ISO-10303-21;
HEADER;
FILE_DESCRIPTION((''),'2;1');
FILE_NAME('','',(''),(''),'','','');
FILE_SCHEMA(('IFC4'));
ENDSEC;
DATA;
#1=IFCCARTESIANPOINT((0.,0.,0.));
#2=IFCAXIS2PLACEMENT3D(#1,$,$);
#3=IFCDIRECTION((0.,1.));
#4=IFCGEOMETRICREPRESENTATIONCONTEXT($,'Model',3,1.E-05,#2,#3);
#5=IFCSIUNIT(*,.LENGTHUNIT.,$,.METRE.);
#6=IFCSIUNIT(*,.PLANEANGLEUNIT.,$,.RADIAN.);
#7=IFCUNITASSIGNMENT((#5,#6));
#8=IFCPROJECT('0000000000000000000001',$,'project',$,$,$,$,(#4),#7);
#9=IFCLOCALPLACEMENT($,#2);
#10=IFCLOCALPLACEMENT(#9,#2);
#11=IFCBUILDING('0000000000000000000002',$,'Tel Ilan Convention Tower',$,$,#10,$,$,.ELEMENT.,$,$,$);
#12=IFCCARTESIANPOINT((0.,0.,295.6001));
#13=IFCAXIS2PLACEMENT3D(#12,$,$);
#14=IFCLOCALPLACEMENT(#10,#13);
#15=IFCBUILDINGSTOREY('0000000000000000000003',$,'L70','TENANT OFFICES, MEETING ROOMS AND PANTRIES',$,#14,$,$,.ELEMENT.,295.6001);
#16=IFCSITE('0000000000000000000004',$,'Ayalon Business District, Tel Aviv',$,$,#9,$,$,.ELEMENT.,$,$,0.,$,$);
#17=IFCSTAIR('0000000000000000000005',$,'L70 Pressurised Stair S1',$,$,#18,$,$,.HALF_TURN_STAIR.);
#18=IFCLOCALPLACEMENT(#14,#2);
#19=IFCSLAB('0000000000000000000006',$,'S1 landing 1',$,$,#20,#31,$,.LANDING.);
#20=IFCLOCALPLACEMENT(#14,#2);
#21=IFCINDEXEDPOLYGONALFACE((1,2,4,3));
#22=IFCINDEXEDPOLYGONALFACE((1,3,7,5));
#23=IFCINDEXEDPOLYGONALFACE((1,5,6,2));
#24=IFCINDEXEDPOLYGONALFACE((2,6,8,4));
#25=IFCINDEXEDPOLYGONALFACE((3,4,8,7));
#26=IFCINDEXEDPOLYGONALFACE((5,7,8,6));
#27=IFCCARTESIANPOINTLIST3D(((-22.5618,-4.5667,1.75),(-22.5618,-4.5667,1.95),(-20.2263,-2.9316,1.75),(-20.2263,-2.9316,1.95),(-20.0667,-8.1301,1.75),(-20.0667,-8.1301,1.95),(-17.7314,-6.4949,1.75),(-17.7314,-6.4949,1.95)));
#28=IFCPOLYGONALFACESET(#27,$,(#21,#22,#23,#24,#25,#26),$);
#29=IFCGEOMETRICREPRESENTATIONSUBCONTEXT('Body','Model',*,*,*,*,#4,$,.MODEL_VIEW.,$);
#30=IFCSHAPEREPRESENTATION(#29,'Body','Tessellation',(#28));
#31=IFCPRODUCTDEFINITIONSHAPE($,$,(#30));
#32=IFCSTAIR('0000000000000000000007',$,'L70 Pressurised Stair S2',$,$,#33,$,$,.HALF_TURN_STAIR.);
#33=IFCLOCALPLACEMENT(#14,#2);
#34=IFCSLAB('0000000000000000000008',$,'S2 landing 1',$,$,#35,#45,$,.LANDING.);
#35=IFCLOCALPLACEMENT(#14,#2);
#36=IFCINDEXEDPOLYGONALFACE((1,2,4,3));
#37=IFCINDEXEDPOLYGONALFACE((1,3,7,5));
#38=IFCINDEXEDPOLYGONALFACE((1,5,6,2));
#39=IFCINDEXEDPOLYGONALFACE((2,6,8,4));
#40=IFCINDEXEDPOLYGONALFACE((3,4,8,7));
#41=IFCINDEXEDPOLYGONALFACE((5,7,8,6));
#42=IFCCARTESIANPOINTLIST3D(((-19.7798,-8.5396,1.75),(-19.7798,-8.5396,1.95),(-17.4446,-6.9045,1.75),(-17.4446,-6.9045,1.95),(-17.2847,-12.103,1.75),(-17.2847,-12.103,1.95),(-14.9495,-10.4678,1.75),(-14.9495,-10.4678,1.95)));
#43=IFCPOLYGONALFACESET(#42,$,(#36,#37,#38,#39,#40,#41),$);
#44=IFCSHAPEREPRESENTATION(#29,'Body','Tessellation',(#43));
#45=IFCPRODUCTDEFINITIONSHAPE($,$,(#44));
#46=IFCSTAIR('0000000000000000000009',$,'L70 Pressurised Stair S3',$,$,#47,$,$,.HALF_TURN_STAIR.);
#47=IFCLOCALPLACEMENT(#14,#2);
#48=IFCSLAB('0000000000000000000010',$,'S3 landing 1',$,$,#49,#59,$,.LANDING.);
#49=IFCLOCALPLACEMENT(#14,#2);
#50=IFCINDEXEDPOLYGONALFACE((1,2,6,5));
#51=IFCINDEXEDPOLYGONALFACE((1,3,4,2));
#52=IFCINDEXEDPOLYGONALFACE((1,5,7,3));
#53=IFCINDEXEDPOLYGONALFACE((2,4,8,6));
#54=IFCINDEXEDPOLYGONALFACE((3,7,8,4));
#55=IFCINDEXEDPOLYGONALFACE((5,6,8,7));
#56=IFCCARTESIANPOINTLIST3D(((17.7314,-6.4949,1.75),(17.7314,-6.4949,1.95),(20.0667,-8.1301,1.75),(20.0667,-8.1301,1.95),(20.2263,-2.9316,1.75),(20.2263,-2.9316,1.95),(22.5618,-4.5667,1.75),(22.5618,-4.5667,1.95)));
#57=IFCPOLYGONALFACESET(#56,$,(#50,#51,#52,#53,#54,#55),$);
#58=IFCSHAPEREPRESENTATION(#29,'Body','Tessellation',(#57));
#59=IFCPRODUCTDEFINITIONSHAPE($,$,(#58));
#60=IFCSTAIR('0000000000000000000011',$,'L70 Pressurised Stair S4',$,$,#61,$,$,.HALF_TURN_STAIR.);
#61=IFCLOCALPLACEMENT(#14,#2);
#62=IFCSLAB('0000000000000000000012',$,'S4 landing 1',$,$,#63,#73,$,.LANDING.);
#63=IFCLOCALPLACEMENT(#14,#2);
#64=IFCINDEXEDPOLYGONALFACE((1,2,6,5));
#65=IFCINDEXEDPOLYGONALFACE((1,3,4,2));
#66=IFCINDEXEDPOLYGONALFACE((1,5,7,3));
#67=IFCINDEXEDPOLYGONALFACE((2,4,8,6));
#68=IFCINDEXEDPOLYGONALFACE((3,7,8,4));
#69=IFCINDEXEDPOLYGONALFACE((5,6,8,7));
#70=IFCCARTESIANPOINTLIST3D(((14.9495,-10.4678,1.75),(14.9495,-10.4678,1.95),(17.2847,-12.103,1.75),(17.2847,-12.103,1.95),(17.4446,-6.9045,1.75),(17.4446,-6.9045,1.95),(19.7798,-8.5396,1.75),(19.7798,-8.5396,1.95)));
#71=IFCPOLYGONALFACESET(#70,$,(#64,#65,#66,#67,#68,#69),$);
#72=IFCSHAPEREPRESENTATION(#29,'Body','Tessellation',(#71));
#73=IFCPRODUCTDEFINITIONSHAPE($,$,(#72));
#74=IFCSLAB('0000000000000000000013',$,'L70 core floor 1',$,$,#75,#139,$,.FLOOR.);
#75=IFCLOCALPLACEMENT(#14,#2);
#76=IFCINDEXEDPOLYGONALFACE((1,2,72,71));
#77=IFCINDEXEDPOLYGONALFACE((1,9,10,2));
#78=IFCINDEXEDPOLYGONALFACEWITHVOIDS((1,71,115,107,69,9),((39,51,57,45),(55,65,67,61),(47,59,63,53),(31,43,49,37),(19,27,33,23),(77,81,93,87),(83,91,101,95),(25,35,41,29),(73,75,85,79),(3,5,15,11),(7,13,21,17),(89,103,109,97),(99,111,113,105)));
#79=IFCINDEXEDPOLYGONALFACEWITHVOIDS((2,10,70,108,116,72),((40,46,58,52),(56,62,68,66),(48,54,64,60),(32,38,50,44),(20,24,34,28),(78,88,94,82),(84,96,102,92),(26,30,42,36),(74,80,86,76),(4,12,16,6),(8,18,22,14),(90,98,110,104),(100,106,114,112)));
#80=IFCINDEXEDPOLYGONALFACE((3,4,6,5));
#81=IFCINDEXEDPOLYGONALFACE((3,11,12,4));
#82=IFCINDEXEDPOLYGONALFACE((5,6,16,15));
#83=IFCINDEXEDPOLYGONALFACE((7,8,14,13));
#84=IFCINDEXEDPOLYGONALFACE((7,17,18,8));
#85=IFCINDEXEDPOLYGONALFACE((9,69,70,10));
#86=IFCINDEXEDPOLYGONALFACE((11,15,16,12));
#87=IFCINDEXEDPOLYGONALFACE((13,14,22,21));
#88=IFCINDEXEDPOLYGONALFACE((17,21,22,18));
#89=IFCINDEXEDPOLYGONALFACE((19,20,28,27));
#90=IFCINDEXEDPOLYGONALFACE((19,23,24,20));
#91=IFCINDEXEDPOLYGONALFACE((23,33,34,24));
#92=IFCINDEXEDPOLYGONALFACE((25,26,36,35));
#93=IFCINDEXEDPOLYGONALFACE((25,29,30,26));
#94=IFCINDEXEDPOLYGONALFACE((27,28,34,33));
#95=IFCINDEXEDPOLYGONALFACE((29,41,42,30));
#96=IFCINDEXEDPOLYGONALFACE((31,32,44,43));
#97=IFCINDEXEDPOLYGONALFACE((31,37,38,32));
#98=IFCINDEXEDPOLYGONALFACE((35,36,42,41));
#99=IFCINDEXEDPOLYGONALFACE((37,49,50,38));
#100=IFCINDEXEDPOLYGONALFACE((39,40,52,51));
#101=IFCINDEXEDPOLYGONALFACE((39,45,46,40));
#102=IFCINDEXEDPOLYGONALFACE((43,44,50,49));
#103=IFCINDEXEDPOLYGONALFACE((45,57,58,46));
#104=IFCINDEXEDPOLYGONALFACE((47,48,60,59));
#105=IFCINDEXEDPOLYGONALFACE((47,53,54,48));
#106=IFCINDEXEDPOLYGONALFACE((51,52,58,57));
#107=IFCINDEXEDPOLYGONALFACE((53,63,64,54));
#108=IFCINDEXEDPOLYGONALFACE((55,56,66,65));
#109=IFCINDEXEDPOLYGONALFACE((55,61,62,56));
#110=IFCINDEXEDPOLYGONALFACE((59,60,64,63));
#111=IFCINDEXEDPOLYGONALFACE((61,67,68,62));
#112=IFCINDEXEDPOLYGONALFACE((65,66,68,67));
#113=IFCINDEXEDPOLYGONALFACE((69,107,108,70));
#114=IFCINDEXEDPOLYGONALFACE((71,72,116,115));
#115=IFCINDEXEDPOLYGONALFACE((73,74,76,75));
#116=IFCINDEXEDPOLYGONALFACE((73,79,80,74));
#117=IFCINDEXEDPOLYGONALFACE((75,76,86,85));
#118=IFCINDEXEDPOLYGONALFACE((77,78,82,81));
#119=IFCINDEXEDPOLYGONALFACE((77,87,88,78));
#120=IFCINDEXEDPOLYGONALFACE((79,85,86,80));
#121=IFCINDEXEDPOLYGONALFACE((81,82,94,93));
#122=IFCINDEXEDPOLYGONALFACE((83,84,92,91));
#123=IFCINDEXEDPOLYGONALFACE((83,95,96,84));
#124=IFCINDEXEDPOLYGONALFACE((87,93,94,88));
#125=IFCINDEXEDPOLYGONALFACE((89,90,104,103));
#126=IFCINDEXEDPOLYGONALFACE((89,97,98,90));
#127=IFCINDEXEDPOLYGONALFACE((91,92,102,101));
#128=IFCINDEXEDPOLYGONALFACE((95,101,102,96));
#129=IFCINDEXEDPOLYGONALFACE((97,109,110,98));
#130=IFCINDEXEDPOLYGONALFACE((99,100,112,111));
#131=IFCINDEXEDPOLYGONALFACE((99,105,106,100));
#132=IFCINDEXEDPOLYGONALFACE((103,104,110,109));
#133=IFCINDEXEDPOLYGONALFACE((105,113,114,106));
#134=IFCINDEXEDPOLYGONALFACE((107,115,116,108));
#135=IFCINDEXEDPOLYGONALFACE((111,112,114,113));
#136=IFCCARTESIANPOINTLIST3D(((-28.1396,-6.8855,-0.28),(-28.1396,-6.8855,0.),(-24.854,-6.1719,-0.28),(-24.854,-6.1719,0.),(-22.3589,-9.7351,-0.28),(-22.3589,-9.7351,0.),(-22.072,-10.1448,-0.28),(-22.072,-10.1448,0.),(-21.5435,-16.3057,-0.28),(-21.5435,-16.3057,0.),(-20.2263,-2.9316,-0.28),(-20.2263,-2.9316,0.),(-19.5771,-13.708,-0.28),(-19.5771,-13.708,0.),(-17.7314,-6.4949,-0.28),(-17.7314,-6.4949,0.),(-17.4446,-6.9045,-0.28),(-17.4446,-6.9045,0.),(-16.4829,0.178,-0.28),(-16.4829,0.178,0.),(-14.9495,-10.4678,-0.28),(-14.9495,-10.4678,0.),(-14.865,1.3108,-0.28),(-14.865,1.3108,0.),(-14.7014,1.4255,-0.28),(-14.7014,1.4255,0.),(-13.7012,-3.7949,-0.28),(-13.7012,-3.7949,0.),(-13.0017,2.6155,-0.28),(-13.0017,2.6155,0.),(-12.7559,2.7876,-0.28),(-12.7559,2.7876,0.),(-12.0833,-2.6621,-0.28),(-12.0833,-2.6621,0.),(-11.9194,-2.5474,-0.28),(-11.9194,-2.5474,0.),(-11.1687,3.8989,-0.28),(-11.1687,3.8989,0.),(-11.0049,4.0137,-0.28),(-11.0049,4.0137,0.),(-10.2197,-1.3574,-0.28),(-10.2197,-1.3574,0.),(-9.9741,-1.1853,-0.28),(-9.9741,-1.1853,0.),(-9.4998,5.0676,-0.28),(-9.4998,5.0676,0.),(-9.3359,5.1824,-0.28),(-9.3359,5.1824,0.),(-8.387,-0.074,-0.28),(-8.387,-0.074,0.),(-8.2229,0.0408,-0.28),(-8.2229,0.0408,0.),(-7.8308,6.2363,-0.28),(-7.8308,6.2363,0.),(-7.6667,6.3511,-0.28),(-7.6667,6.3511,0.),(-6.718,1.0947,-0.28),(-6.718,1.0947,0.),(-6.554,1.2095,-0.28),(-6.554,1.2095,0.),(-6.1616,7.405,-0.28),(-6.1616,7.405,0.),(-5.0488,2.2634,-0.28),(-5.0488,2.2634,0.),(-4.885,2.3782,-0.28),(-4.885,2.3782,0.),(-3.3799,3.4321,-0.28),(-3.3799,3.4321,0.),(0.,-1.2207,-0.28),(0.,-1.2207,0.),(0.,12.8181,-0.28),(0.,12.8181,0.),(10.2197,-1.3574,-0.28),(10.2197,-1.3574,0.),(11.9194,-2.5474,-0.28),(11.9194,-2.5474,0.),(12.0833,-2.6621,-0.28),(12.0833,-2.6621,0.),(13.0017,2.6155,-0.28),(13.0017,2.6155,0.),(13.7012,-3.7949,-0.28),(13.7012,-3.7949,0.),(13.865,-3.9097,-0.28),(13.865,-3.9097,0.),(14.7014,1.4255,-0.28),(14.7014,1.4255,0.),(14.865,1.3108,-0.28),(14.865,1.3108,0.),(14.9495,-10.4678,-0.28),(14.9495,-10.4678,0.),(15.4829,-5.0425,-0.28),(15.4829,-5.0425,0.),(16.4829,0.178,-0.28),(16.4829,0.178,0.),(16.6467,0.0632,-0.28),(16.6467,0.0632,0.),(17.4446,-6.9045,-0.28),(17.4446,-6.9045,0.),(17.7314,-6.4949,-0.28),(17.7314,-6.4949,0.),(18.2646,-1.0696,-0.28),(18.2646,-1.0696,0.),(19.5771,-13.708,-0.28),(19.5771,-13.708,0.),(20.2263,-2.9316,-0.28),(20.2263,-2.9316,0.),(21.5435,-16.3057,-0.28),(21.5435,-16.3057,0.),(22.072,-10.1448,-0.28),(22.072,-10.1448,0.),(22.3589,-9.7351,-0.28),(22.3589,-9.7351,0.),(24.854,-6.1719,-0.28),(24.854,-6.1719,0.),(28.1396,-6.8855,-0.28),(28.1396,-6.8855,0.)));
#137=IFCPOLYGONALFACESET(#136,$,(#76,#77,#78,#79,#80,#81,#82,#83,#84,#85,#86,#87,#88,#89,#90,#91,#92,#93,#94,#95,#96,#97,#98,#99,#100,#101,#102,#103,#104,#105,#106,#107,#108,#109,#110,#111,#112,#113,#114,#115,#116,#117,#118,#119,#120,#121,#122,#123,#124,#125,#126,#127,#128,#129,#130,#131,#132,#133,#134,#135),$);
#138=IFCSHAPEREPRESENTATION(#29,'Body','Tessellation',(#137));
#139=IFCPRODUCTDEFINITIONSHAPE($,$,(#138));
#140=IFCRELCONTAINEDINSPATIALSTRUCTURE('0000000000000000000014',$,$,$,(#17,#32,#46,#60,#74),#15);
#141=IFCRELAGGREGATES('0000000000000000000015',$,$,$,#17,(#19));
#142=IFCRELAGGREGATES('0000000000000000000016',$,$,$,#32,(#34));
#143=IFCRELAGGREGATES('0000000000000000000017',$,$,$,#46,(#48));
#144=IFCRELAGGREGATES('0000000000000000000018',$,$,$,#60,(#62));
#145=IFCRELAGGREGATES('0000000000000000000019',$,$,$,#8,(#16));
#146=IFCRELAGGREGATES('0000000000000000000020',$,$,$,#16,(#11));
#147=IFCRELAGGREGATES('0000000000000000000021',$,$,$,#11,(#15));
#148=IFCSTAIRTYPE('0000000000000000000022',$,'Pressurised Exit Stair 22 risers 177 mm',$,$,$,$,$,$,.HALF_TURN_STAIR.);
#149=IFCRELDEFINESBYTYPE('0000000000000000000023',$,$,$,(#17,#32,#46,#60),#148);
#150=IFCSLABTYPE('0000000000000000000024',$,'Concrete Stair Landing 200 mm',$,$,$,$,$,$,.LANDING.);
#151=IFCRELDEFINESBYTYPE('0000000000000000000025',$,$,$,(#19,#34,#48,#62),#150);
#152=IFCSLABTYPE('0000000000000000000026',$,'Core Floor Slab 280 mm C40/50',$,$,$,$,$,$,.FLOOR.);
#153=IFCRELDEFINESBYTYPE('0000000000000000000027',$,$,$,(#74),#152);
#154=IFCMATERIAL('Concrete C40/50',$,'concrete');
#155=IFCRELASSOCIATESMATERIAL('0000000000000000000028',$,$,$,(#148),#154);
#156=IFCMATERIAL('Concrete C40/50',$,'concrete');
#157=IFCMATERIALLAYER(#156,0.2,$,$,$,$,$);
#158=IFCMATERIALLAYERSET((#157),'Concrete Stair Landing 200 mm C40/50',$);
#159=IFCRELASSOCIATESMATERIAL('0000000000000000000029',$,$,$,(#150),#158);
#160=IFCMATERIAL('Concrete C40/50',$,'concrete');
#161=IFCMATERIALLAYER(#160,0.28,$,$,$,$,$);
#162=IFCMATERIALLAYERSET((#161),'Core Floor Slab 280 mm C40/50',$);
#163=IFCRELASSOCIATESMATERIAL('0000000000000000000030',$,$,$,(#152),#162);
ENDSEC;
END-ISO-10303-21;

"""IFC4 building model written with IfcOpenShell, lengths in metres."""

from ifc_helpers import new_model, si_unit, direction, frame, origin, place, context, subcontext, project, spatial, polyline, outline, extrude, material, layer, layer_set, type_object, element, aggregate, save


model = new_model("IFC4")

# Units and contexts
model_context = context("Model", 3, precision=1e-05, world=origin(), true_north=direction((0.0, 1.0)))
body_context = subcontext(model_context, "Body", "Model", "MODEL_VIEW")
ifc_project = project(units=[si_unit("LENGTHUNIT", "METRE"), si_unit("PLANEANGLEUNIT", "RADIAN")], contexts=[model_context])

# Site, building, storey
site_placement = place(None, origin())
site = spatial("IfcSite", under=ifc_project, at=site_placement, Name="Ayalon Business District, Tel Aviv", CompositionType="ELEMENT", RefElevation=0.0)
building_placement = place(site_placement, origin())
building = spatial("IfcBuilding", under=site, at=building_placement, Name="Tel Ilan Convention Tower", CompositionType="ELEMENT")
storey_placement = place(building_placement, frame((0.0, 0.0, 295.6001)))
storey = spatial("IfcBuildingStorey", under=building, at=storey_placement, Name="L70", Description="TENANT OFFICES, MEETING ROOMS AND PANTRIES", CompositionType="ELEMENT", Elevation=295.6001)

# Stairs, slabs
ifc_material_1 = material(Name="Concrete C40/50", Category="concrete")
stair_type = type_object("IfcStairType", Name="Pressurised Exit Stair 22 risers 177 mm", PredefinedType="HALF_TURN_STAIR", material=ifc_material_1)
stair_1_placement = place(storey_placement, origin())
stair_1 = element("IfcStair", 1, at=stair_1_placement, inside=storey, type_object=stair_type, Name="L70 Pressurised Stair S1", PredefinedType="HALF_TURN_STAIR")
ifc_material_2 = material(Name="Concrete C40/50", Category="concrete")
ifc_layer_1 = layer(ifc_material_2, 0.2)
ifc_layer_set_1 = layer_set([ifc_layer_1], Name="Concrete Stair Landing 200 mm C40/50")
slab_type_1 = type_object("IfcSlabType", Name="Concrete Stair Landing 200 mm", PredefinedType="LANDING", material=ifc_layer_set_1)
slab_1_placement = place(storey_placement, frame((0.0, 0.0, 1.75)))
slab_1 = element("IfcSlab", 2, at=slab_1_placement, type_object=slab_type_1, Name="S1 landing 1", PredefinedType="LANDING", context=body_context, shape_type="SweptSolid", body=[
    extrude(outline(polyline([(-20.0667, -8.1301), (-17.7314, -6.4949), (-20.2263, -2.9316), (-22.5618, -4.5667), (-20.0667, -8.1301)])), origin(), (0.0, 0.0, 1.0), 0.2),
])
aggregate(stair_1, [slab_1])
stair_2_placement = place(storey_placement, origin())
stair_2 = element("IfcStair", 3, at=stair_2_placement, inside=storey, type_object=stair_type, Name="L70 Pressurised Stair S2", PredefinedType="HALF_TURN_STAIR")
slab_2_placement = place(storey_placement, frame((0.0, 0.0, 1.75)))
slab_2 = element("IfcSlab", 4, at=slab_2_placement, type_object=slab_type_1, Name="S2 landing 1", PredefinedType="LANDING", context=body_context, shape_type="SweptSolid", body=[
    extrude(outline(polyline([(-17.2847, -12.103), (-14.9495, -10.4678), (-17.4446, -6.9045), (-19.7798, -8.5396), (-17.2847, -12.103)])), origin(), (0.0, 0.0, 1.0), 0.2),
])
aggregate(stair_2, [slab_2])
stair_3_placement = place(storey_placement, origin())
stair_3 = element("IfcStair", 5, at=stair_3_placement, inside=storey, type_object=stair_type, Name="L70 Pressurised Stair S3", PredefinedType="HALF_TURN_STAIR")
slab_3_placement = place(storey_placement, frame((0.0, 0.0, 1.75)))
slab_3 = element("IfcSlab", 6, at=slab_3_placement, type_object=slab_type_1, Name="S3 landing 1", PredefinedType="LANDING", context=body_context, shape_type="SweptSolid", body=[
    extrude(outline(polyline([(22.5618, -4.5667), (20.2263, -2.9316), (17.7314, -6.4949), (20.0667, -8.1301), (22.5618, -4.5667)])), origin(), (0.0, 0.0, 1.0), 0.2),
])
aggregate(stair_3, [slab_3])
stair_4_placement = place(storey_placement, origin())
stair_4 = element("IfcStair", 7, at=stair_4_placement, inside=storey, type_object=stair_type, Name="L70 Pressurised Stair S4", PredefinedType="HALF_TURN_STAIR")
slab_4_placement = place(storey_placement, frame((0.0, 0.0, 1.75)))
slab_4 = element("IfcSlab", 8, at=slab_4_placement, type_object=slab_type_1, Name="S4 landing 1", PredefinedType="LANDING", context=body_context, shape_type="SweptSolid", body=[
    extrude(outline(polyline([(19.7798, -8.5396), (17.4446, -6.9045), (14.9495, -10.4678), (17.2847, -12.103), (19.7798, -8.5396)])), origin(), (0.0, 0.0, 1.0), 0.2),
])
aggregate(stair_4, [slab_4])

# Slab
ifc_material_3 = material(Name="Concrete C40/50", Category="concrete")
ifc_layer_2 = layer(ifc_material_3, 0.28)
ifc_layer_set_2 = layer_set([ifc_layer_2], Name="Core Floor Slab 280 mm C40/50")
slab_type_2 = type_object("IfcSlabType", Name="Core Floor Slab 280 mm C40/50", PredefinedType="FLOOR", material=ifc_layer_set_2)
slab_5_placement = place(storey_placement, frame((0.0, 0.0, -0.28)))
element("IfcSlab", 9, at=slab_5_placement, inside=storey, type_object=slab_type_2, Name="L70 core floor 1", PredefinedType="FLOOR", context=body_context, shape_type="SweptSolid", body=[
    extrude(outline(polyline([(-28.1396, -6.8855), (0.0, 12.8181), (28.1396, -6.8855), (21.5435, -16.3057), (0.0, -1.2207), (-21.5435, -16.3057), (-28.1396, -6.8855)]), holes=[polyline([(-17.4446, -6.9045), (-22.072, -10.1448), (-19.5771, -13.708), (-14.9495, -10.4678), (-17.4446, -6.9045)]), polyline([(-17.7314, -6.4949), (-20.2263, -2.9316), (-24.854, -6.1719), (-22.3589, -9.7351), (-17.7314, -6.4949)]), polyline([(-14.865, 1.3108), (-16.4829, 0.178), (-13.7012, -3.7949), (-12.0833, -2.6621), (-14.865, 1.3108)]), polyline([(-14.7014, 1.4255), (-11.9194, -2.5474), (-10.2197, -1.3574), (-13.0017, 2.6155), (-14.7014, 1.4255)]), polyline([(-11.1687, 3.8989), (-12.7559, 2.7876), (-9.9741, -1.1853), (-8.387, -0.074), (-11.1687, 3.8989)]), polyline([(-9.4998, 5.0676), (-11.0049, 4.0137), (-8.2229, 0.0408), (-6.718, 1.0947), (-9.4998, 5.0676)]), polyline([(-9.3359, 5.1824), (-6.554, 1.2095), (-5.0488, 2.2634), (-7.8308, 6.2363), (-9.3359, 5.1824)]), polyline([(17.4446, -6.9045), (14.9495, -10.4678), (19.5771, -13.708), (22.072, -10.1448), (17.4446, -6.9045)]), polyline([(20.2263, -2.9316), (17.7314, -6.4949), (22.3589, -9.7351), (24.854, -6.1719), (20.2263, -2.9316)]), polyline([(15.4829, -5.0425), (18.2646, -1.0696), (16.6467, 0.0632), (13.865, -3.9097), (15.4829, -5.0425)]), polyline([(13.7012, -3.7949), (16.4829, 0.178), (14.865, 1.3108), (12.0833, -2.6621), (13.7012, -3.7949)]), polyline([(11.9194, -2.5474), (14.7014, 1.4255), (13.0017, 2.6155), (10.2197, -1.3574), (11.9194, -2.5474)]), polyline([(-6.1616, 7.405), (-7.6667, 6.3511), (-4.885, 2.3782), (-3.3799, 3.4321), (-6.1616, 7.405)])]), origin(), (0.0, 0.0, 1.0), 0.28),
])

save(model, "model.ifc")
